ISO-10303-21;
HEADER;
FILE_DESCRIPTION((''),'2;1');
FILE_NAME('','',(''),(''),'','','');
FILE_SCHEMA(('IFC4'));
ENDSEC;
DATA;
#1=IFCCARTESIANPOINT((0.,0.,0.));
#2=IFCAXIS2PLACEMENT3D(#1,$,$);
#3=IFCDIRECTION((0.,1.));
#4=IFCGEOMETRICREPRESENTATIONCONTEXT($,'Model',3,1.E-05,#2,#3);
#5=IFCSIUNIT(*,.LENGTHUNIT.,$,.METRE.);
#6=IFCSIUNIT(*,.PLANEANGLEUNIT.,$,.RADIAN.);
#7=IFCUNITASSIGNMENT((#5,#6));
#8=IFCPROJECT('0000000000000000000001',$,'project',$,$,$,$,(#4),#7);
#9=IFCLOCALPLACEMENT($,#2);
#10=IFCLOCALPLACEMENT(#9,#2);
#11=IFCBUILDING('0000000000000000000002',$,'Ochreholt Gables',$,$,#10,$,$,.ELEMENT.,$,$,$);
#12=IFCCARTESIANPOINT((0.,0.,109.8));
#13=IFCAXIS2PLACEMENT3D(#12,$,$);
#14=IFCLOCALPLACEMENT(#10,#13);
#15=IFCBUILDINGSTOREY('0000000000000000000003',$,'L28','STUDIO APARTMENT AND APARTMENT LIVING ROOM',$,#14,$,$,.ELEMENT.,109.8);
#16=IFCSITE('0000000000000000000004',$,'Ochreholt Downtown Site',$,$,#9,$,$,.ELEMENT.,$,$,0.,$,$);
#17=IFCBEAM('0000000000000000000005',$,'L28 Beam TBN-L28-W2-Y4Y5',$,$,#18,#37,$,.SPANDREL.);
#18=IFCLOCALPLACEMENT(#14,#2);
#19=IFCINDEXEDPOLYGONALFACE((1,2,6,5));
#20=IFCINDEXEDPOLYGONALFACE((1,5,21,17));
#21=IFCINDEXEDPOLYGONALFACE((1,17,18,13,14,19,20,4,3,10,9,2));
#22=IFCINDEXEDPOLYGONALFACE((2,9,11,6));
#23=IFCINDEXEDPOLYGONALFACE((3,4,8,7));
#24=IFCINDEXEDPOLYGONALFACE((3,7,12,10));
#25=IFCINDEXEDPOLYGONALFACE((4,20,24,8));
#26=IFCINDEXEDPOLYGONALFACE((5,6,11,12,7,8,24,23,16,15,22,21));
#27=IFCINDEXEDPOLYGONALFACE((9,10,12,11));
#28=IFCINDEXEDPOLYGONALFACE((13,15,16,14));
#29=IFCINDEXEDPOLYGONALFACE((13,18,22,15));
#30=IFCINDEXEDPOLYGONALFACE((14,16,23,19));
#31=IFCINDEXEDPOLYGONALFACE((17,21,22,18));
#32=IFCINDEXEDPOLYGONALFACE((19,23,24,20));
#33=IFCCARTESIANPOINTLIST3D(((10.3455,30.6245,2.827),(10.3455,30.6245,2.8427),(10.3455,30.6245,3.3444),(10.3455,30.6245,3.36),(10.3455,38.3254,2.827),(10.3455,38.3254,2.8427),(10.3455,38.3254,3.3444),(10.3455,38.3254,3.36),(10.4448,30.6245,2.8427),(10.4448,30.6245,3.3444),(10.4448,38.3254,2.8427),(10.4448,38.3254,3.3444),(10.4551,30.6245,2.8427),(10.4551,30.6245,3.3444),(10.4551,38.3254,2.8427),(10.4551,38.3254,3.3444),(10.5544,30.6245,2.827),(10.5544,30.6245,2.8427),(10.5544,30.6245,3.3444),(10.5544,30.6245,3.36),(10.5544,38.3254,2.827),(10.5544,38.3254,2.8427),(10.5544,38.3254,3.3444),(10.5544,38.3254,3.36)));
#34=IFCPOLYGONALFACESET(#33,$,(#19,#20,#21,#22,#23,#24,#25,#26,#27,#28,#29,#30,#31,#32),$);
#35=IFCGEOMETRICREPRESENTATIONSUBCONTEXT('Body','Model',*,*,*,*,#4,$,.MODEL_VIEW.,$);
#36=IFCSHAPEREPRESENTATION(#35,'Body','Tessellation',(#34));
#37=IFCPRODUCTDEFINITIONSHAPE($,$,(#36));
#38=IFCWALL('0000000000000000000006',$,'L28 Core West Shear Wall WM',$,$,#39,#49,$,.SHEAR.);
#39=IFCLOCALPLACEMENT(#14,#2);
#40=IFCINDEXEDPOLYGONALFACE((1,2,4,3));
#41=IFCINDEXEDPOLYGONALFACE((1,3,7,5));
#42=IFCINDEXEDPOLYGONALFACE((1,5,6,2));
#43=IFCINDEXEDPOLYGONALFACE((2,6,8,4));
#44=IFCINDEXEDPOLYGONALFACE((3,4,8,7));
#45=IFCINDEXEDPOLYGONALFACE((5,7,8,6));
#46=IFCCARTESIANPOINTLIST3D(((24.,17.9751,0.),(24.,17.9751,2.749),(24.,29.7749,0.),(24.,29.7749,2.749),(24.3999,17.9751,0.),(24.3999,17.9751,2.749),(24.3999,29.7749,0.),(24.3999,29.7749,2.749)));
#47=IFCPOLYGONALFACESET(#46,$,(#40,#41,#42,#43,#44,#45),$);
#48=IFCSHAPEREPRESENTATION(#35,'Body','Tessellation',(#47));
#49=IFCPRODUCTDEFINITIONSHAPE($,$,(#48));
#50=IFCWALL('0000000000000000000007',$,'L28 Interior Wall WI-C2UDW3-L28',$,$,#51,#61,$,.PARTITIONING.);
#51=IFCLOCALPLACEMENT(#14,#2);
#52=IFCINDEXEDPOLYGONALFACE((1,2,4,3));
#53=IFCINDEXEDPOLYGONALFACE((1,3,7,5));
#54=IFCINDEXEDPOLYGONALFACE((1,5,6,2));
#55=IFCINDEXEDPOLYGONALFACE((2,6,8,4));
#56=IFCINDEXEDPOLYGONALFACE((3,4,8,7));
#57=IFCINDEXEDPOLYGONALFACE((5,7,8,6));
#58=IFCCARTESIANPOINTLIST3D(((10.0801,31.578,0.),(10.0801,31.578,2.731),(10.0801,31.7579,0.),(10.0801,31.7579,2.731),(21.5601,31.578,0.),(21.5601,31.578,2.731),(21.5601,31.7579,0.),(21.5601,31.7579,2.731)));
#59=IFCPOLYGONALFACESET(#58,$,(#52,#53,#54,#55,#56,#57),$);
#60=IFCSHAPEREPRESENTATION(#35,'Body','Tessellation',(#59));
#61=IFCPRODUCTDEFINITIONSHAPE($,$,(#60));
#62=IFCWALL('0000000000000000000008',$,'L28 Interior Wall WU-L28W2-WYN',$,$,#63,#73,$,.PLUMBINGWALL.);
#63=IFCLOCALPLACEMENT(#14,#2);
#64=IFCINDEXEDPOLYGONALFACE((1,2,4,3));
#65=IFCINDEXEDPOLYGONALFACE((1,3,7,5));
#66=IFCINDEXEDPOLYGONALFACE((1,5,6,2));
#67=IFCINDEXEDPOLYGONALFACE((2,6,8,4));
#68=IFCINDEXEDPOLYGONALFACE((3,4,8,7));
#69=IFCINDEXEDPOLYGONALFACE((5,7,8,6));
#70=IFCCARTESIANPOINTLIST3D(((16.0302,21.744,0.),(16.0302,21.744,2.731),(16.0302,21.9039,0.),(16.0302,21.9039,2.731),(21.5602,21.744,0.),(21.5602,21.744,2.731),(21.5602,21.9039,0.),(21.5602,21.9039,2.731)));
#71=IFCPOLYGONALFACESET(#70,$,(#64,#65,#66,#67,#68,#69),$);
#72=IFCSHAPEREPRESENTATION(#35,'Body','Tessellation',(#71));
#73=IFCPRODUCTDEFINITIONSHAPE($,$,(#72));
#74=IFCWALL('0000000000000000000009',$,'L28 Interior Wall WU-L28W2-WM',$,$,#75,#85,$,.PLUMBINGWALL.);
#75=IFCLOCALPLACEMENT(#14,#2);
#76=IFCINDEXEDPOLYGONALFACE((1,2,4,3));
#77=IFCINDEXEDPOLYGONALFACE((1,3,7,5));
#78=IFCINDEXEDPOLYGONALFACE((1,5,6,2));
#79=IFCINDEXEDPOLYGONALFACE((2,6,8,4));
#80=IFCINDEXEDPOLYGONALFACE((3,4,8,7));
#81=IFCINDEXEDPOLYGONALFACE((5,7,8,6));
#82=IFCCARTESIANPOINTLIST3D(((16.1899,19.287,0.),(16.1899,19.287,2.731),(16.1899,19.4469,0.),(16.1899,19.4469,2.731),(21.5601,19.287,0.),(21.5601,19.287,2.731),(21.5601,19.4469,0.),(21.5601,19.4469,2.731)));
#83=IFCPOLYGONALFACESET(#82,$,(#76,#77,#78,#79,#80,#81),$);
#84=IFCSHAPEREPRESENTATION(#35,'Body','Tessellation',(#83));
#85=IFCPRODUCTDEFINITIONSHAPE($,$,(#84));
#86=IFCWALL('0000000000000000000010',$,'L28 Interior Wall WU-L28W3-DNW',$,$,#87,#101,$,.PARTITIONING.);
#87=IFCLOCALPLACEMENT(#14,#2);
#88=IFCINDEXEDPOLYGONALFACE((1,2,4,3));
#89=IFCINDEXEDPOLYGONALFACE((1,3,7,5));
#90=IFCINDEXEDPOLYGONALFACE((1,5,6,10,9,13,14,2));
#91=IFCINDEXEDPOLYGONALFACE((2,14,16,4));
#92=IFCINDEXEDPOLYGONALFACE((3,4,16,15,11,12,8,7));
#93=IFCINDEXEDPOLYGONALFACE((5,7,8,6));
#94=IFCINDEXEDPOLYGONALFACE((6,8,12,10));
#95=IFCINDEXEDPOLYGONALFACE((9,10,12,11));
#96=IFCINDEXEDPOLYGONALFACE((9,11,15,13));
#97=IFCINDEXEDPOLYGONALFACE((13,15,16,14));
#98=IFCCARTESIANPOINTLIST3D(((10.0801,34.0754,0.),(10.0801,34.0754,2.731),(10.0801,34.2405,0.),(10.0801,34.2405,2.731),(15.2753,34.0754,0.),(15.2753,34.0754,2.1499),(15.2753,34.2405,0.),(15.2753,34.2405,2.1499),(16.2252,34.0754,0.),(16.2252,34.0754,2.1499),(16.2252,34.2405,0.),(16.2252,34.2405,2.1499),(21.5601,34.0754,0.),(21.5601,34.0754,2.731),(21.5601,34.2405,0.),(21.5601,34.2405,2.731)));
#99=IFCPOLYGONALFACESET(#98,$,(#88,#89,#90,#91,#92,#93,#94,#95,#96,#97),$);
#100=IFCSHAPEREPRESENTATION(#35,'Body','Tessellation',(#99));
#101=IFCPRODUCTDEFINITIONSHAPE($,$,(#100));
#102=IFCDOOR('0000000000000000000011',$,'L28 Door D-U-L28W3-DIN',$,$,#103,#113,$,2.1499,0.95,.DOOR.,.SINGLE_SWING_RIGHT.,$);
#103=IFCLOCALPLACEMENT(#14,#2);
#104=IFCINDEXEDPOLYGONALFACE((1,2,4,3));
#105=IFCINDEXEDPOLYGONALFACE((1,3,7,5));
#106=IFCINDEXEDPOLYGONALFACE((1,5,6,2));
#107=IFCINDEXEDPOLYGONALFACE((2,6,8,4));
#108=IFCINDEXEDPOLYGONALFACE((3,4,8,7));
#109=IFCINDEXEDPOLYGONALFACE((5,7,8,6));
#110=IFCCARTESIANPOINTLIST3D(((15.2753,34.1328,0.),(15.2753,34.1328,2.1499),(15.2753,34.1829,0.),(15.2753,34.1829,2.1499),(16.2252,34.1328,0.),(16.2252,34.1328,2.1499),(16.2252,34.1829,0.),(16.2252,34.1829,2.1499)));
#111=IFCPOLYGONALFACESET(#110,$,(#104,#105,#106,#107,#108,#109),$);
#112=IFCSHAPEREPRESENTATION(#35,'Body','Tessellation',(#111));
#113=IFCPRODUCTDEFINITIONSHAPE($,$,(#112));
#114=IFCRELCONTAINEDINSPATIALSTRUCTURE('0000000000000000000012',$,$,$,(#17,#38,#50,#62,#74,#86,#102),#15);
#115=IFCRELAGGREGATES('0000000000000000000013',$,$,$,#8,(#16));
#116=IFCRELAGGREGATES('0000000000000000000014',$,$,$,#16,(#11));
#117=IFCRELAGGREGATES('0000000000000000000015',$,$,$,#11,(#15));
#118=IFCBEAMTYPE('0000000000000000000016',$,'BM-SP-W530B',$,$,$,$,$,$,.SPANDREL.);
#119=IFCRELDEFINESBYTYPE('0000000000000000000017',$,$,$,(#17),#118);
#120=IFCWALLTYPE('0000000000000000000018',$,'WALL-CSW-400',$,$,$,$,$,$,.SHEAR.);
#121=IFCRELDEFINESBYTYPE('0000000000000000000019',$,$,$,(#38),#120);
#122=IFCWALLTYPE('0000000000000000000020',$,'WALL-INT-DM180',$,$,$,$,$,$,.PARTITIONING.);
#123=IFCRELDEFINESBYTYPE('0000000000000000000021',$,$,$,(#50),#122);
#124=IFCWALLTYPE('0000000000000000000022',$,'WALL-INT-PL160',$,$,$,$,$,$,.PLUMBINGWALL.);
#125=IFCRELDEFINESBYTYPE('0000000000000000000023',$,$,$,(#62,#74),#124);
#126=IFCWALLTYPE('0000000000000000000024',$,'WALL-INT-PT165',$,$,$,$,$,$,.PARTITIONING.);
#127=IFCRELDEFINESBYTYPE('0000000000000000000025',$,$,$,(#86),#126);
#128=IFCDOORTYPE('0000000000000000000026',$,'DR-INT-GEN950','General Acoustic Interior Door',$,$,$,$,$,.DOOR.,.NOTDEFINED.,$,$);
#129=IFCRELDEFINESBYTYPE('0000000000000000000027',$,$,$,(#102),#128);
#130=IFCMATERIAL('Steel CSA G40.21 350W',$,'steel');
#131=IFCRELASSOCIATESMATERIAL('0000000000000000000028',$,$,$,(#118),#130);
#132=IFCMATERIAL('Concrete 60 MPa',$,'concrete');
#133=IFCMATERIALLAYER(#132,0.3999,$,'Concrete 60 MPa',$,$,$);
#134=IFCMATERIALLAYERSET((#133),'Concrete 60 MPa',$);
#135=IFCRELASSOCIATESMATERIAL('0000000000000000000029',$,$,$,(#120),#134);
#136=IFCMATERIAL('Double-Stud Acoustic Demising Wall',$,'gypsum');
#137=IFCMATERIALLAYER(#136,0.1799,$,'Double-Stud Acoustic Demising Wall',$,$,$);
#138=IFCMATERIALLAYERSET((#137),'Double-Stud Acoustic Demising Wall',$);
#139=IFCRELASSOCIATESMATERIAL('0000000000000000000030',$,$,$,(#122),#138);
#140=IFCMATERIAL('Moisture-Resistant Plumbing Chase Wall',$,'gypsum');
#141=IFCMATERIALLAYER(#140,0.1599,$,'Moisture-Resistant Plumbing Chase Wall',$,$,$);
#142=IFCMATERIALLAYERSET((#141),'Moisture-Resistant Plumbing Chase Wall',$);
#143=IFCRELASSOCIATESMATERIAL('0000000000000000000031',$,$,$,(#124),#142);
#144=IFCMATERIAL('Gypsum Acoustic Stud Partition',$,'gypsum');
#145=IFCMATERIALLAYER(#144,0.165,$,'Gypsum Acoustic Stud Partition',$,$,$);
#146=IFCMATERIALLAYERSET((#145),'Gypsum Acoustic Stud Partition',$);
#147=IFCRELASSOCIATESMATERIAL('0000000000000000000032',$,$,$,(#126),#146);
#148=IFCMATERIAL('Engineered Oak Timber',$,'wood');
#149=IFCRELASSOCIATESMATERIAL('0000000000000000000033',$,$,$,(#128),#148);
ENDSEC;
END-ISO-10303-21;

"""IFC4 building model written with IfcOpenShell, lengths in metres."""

from ifc_helpers import new_model, si_unit, direction, frame, frame_2d, origin, origin_2d, place, context, subcontext, project, spatial, rectangle, i_section, extrude, material, layer, layer_set, material_profile, profile_set, type_object, element, fill, save


model = new_model("IFC4")

# Units and contexts
model_context = context("Model", 3, precision=1e-05, world=origin(), true_north=direction((0.0, 1.0)))
body_context = subcontext(model_context, "Body", "Model", "MODEL_VIEW")
ifc_project = project(units=[si_unit("LENGTHUNIT", "METRE"), si_unit("PLANEANGLEUNIT", "RADIAN")], contexts=[model_context])

# Site, building, storey
site_placement = place(None, origin())
site = spatial("IfcSite", under=ifc_project, at=site_placement, Name="Ochreholt Downtown Site", CompositionType="ELEMENT", RefElevation=0.0)
building_placement = place(site_placement, origin())
building = spatial("IfcBuilding", under=site, at=building_placement, Name="Ochreholt Gables", CompositionType="ELEMENT")
storey_placement = place(building_placement, frame((0.0, 0.0, 109.8)))
storey = spatial("IfcBuildingStorey", under=building, at=storey_placement, Name="L28", Description="STUDIO APARTMENT AND APARTMENT LIVING ROOM", CompositionType="ELEMENT", Elevation=109.8)

# Shared definitions
ifc_material_1 = material(Name="Concrete 60 MPa", Category="concrete")

# Beam
ifc_material_2 = material(Name="Steel CSA G40.21 350W", Category="steel")
ifc_material_profile_1 = material_profile(ifc_material_2, i_section(OverallWidth=0.209, OverallDepth=0.533, WebThickness=0.0103, FlangeThickness=0.0156, at=origin_2d()), Name="W530X92")
ifc_profile_set_1 = profile_set([ifc_material_profile_1], Name="Steel CSA G40.21 350W")
beam_type_1 = type_object("IfcBeamType", Name="BM-SP-W530B", PredefinedType="SPANDREL", material=ifc_profile_set_1)
beam_1_placement = place(storey_placement, frame((10.45, 30.6245, 3.0935), z_axis=(0.0, 1.0, 0.0), x_axis=(-1.0, 0.0, 0.0)))
element("IfcBeam", 1, at=beam_1_placement, inside=storey, type_object=beam_type_1, Name="L28 Beam TBN-L28-W2-Y4Y5", PredefinedType="SPANDREL", context=body_context, shape_type="SweptSolid", body=[
    extrude(i_section(OverallWidth=0.209, OverallDepth=0.533, WebThickness=0.0103, FlangeThickness=0.0156, at=origin_2d()), origin(), (0.0, 0.0, 1.0), 7.7009),
])

# Walls
ifc_layer_1 = layer(ifc_material_1, 0.3999, Name="Concrete 60 MPa")
ifc_layer_set_1 = layer_set([ifc_layer_1], Name="Concrete 60 MPa")
wall_type_1 = type_object("IfcWallType", Name="WALL-CSW-400", PredefinedType="SHEAR", material=ifc_layer_set_1)
wall_1_placement = place(storey_placement, frame((24.2, 17.9751, 0.0), z_axis=(0.0, 0.0, 1.0), x_axis=(0.0, 1.0, 0.0)))
element("IfcWall", 2, at=wall_1_placement, inside=storey, type_object=wall_type_1, Name="L28 Core West Shear Wall WM", PredefinedType="SHEAR", context=body_context, shape_type="SweptSolid", body=[
    extrude(rectangle(XDim=11.7998, YDim=0.3999, at=frame_2d((5.8999, 0.0))), origin(), (0.0, 0.0, 1.0), 2.749),
])
ifc_material_3 = material(Name="Double-Stud Acoustic Demising Wall", Category="gypsum")
ifc_layer_2 = layer(ifc_material_3, 0.1799, Name="Double-Stud Acoustic Demising Wall")
ifc_layer_set_2 = layer_set([ifc_layer_2], Name="Double-Stud Acoustic Demising Wall")
wall_type_2 = type_object("IfcWallType", Name="WALL-INT-DM180", PredefinedType="PARTITIONING", material=ifc_layer_set_2)
wall_2_placement = place(storey_placement, frame((10.0801, 31.668, 0.0), z_axis=(0.0, 0.0, 1.0), x_axis=(1.0, 0.0, 0.0)))
element("IfcWall", 3, at=wall_2_placement, inside=storey, type_object=wall_type_2, Name="L28 Interior Wall WI-C2UDW3-L28", PredefinedType="PARTITIONING", context=body_context, shape_type="SweptSolid", body=[
    extrude(rectangle(XDim=11.48, YDim=0.1799, at=frame_2d((5.74, 0.0))), origin(), (0.0, 0.0, 1.0), 2.731),
])
ifc_material_4 = material(Name="Moisture-Resistant Plumbing Chase Wall", Category="gypsum")
ifc_layer_3 = layer(ifc_material_4, 0.1599, Name="Moisture-Resistant Plumbing Chase Wall")
ifc_layer_set_3 = layer_set([ifc_layer_3], Name="Moisture-Resistant Plumbing Chase Wall")
wall_type_3 = type_object("IfcWallType", Name="WALL-INT-PL160", PredefinedType="PLUMBINGWALL", material=ifc_layer_set_3)
wall_3_placement = place(storey_placement, frame((16.03, 21.824, 0.0), z_axis=(0.0, 0.0, 1.0), x_axis=(1.0, 0.0, 0.0)))
element("IfcWall", 4, at=wall_3_placement, inside=storey, type_object=wall_type_3, Name="L28 Interior Wall WU-L28W2-WYN", PredefinedType="PLUMBINGWALL", context=body_context, shape_type="SweptSolid", body=[
    extrude(rectangle(XDim=5.53, YDim=0.1599, at=frame_2d((2.7651, 0.0))), origin(), (0.0, 0.0, 1.0), 2.731),
])
wall_4_placement = place(storey_placement, frame((16.1899, 19.3669, 0.0), z_axis=(0.0, 0.0, 1.0), x_axis=(1.0, 0.0, 0.0)))
element("IfcWall", 5, at=wall_4_placement, inside=storey, type_object=wall_type_3, Name="L28 Interior Wall WU-L28W2-WM", PredefinedType="PLUMBINGWALL", context=body_context, shape_type="SweptSolid", body=[
    extrude(rectangle(XDim=5.3701, YDim=0.1599, at=frame_2d((2.6851, 0.0))), origin(), (0.0, 0.0, 1.0), 2.731),
])

# Wall, opening, door
ifc_material_5 = material(Name="Gypsum Acoustic Stud Partition", Category="gypsum")
ifc_layer_4 = layer(ifc_material_5, 0.165, Name="Gypsum Acoustic Stud Partition")
ifc_layer_set_4 = layer_set([ifc_layer_4], Name="Gypsum Acoustic Stud Partition")
wall_type_4 = type_object("IfcWallType", Name="WALL-INT-PT165", PredefinedType="PARTITIONING", material=ifc_layer_set_4)
ifc_material_6 = material(Name="Engineered Oak Timber", Category="wood")
wall_5_placement = place(storey_placement, frame((10.0801, 34.158, 0.0), z_axis=(0.0, 0.0, 1.0), x_axis=(1.0, 0.0, 0.0)))
wall_5 = element("IfcWall", 6, at=wall_5_placement, inside=storey, type_object=wall_type_4, Name="L28 Interior Wall WU-L28W3-DNW", PredefinedType="PARTITIONING", context=body_context, shape_type="SweptSolid", body=[
    extrude(rectangle(XDim=11.48, YDim=0.165, at=frame_2d((5.74, 0.0))), origin(), (0.0, 0.0, 1.0), 2.731),
])
opening_1_placement = place(wall_5_placement, frame((5.1951, 0.0, 0.0)))
opening_1 = element("IfcOpeningElement", 7, at=opening_1_placement, cuts=wall_5, PredefinedType="OPENING", context=body_context, shape_type="SweptSolid", body=[
    extrude(rectangle(XDim=0.95, YDim=2.1499, at=frame_2d((0.4751, 1.075))), frame((0.0, 0.0925, 0.0), z_axis=(0.0, -1.0, 0.0), x_axis=(1.0, 0.0, 0.0)), (0.0, 0.0, 1.0), 0.1851),
])
door_type_1 = type_object("IfcDoorType", Name="DR-INT-GEN950", Description="General Acoustic Interior Door", OperationType="NOTDEFINED", PredefinedType="DOOR", material=ifc_material_6)
door_1_placement = place(opening_1_placement, origin())
door_1 = element("IfcDoor", 8, at=door_1_placement, inside=storey, type_object=door_type_1, Name="L28 Door D-U-L28W3-DIN", OperationType="SINGLE_SWING_RIGHT", OverallHeight=2.1499, OverallWidth=0.95, PredefinedType="DOOR", context=body_context, shape_type="SweptSolid", body=[
    extrude(rectangle(XDim=0.95, YDim=2.1499, at=frame_2d((0.4751, 1.075))), frame((0.0, 0.0249, 0.0), z_axis=(0.0, -1.0, 0.0), x_axis=(1.0, 0.0, 0.0)), (0.0, 0.0, 1.0), 0.05),
])
fill(opening_1, door_1)

save(model, "model.ifc")
